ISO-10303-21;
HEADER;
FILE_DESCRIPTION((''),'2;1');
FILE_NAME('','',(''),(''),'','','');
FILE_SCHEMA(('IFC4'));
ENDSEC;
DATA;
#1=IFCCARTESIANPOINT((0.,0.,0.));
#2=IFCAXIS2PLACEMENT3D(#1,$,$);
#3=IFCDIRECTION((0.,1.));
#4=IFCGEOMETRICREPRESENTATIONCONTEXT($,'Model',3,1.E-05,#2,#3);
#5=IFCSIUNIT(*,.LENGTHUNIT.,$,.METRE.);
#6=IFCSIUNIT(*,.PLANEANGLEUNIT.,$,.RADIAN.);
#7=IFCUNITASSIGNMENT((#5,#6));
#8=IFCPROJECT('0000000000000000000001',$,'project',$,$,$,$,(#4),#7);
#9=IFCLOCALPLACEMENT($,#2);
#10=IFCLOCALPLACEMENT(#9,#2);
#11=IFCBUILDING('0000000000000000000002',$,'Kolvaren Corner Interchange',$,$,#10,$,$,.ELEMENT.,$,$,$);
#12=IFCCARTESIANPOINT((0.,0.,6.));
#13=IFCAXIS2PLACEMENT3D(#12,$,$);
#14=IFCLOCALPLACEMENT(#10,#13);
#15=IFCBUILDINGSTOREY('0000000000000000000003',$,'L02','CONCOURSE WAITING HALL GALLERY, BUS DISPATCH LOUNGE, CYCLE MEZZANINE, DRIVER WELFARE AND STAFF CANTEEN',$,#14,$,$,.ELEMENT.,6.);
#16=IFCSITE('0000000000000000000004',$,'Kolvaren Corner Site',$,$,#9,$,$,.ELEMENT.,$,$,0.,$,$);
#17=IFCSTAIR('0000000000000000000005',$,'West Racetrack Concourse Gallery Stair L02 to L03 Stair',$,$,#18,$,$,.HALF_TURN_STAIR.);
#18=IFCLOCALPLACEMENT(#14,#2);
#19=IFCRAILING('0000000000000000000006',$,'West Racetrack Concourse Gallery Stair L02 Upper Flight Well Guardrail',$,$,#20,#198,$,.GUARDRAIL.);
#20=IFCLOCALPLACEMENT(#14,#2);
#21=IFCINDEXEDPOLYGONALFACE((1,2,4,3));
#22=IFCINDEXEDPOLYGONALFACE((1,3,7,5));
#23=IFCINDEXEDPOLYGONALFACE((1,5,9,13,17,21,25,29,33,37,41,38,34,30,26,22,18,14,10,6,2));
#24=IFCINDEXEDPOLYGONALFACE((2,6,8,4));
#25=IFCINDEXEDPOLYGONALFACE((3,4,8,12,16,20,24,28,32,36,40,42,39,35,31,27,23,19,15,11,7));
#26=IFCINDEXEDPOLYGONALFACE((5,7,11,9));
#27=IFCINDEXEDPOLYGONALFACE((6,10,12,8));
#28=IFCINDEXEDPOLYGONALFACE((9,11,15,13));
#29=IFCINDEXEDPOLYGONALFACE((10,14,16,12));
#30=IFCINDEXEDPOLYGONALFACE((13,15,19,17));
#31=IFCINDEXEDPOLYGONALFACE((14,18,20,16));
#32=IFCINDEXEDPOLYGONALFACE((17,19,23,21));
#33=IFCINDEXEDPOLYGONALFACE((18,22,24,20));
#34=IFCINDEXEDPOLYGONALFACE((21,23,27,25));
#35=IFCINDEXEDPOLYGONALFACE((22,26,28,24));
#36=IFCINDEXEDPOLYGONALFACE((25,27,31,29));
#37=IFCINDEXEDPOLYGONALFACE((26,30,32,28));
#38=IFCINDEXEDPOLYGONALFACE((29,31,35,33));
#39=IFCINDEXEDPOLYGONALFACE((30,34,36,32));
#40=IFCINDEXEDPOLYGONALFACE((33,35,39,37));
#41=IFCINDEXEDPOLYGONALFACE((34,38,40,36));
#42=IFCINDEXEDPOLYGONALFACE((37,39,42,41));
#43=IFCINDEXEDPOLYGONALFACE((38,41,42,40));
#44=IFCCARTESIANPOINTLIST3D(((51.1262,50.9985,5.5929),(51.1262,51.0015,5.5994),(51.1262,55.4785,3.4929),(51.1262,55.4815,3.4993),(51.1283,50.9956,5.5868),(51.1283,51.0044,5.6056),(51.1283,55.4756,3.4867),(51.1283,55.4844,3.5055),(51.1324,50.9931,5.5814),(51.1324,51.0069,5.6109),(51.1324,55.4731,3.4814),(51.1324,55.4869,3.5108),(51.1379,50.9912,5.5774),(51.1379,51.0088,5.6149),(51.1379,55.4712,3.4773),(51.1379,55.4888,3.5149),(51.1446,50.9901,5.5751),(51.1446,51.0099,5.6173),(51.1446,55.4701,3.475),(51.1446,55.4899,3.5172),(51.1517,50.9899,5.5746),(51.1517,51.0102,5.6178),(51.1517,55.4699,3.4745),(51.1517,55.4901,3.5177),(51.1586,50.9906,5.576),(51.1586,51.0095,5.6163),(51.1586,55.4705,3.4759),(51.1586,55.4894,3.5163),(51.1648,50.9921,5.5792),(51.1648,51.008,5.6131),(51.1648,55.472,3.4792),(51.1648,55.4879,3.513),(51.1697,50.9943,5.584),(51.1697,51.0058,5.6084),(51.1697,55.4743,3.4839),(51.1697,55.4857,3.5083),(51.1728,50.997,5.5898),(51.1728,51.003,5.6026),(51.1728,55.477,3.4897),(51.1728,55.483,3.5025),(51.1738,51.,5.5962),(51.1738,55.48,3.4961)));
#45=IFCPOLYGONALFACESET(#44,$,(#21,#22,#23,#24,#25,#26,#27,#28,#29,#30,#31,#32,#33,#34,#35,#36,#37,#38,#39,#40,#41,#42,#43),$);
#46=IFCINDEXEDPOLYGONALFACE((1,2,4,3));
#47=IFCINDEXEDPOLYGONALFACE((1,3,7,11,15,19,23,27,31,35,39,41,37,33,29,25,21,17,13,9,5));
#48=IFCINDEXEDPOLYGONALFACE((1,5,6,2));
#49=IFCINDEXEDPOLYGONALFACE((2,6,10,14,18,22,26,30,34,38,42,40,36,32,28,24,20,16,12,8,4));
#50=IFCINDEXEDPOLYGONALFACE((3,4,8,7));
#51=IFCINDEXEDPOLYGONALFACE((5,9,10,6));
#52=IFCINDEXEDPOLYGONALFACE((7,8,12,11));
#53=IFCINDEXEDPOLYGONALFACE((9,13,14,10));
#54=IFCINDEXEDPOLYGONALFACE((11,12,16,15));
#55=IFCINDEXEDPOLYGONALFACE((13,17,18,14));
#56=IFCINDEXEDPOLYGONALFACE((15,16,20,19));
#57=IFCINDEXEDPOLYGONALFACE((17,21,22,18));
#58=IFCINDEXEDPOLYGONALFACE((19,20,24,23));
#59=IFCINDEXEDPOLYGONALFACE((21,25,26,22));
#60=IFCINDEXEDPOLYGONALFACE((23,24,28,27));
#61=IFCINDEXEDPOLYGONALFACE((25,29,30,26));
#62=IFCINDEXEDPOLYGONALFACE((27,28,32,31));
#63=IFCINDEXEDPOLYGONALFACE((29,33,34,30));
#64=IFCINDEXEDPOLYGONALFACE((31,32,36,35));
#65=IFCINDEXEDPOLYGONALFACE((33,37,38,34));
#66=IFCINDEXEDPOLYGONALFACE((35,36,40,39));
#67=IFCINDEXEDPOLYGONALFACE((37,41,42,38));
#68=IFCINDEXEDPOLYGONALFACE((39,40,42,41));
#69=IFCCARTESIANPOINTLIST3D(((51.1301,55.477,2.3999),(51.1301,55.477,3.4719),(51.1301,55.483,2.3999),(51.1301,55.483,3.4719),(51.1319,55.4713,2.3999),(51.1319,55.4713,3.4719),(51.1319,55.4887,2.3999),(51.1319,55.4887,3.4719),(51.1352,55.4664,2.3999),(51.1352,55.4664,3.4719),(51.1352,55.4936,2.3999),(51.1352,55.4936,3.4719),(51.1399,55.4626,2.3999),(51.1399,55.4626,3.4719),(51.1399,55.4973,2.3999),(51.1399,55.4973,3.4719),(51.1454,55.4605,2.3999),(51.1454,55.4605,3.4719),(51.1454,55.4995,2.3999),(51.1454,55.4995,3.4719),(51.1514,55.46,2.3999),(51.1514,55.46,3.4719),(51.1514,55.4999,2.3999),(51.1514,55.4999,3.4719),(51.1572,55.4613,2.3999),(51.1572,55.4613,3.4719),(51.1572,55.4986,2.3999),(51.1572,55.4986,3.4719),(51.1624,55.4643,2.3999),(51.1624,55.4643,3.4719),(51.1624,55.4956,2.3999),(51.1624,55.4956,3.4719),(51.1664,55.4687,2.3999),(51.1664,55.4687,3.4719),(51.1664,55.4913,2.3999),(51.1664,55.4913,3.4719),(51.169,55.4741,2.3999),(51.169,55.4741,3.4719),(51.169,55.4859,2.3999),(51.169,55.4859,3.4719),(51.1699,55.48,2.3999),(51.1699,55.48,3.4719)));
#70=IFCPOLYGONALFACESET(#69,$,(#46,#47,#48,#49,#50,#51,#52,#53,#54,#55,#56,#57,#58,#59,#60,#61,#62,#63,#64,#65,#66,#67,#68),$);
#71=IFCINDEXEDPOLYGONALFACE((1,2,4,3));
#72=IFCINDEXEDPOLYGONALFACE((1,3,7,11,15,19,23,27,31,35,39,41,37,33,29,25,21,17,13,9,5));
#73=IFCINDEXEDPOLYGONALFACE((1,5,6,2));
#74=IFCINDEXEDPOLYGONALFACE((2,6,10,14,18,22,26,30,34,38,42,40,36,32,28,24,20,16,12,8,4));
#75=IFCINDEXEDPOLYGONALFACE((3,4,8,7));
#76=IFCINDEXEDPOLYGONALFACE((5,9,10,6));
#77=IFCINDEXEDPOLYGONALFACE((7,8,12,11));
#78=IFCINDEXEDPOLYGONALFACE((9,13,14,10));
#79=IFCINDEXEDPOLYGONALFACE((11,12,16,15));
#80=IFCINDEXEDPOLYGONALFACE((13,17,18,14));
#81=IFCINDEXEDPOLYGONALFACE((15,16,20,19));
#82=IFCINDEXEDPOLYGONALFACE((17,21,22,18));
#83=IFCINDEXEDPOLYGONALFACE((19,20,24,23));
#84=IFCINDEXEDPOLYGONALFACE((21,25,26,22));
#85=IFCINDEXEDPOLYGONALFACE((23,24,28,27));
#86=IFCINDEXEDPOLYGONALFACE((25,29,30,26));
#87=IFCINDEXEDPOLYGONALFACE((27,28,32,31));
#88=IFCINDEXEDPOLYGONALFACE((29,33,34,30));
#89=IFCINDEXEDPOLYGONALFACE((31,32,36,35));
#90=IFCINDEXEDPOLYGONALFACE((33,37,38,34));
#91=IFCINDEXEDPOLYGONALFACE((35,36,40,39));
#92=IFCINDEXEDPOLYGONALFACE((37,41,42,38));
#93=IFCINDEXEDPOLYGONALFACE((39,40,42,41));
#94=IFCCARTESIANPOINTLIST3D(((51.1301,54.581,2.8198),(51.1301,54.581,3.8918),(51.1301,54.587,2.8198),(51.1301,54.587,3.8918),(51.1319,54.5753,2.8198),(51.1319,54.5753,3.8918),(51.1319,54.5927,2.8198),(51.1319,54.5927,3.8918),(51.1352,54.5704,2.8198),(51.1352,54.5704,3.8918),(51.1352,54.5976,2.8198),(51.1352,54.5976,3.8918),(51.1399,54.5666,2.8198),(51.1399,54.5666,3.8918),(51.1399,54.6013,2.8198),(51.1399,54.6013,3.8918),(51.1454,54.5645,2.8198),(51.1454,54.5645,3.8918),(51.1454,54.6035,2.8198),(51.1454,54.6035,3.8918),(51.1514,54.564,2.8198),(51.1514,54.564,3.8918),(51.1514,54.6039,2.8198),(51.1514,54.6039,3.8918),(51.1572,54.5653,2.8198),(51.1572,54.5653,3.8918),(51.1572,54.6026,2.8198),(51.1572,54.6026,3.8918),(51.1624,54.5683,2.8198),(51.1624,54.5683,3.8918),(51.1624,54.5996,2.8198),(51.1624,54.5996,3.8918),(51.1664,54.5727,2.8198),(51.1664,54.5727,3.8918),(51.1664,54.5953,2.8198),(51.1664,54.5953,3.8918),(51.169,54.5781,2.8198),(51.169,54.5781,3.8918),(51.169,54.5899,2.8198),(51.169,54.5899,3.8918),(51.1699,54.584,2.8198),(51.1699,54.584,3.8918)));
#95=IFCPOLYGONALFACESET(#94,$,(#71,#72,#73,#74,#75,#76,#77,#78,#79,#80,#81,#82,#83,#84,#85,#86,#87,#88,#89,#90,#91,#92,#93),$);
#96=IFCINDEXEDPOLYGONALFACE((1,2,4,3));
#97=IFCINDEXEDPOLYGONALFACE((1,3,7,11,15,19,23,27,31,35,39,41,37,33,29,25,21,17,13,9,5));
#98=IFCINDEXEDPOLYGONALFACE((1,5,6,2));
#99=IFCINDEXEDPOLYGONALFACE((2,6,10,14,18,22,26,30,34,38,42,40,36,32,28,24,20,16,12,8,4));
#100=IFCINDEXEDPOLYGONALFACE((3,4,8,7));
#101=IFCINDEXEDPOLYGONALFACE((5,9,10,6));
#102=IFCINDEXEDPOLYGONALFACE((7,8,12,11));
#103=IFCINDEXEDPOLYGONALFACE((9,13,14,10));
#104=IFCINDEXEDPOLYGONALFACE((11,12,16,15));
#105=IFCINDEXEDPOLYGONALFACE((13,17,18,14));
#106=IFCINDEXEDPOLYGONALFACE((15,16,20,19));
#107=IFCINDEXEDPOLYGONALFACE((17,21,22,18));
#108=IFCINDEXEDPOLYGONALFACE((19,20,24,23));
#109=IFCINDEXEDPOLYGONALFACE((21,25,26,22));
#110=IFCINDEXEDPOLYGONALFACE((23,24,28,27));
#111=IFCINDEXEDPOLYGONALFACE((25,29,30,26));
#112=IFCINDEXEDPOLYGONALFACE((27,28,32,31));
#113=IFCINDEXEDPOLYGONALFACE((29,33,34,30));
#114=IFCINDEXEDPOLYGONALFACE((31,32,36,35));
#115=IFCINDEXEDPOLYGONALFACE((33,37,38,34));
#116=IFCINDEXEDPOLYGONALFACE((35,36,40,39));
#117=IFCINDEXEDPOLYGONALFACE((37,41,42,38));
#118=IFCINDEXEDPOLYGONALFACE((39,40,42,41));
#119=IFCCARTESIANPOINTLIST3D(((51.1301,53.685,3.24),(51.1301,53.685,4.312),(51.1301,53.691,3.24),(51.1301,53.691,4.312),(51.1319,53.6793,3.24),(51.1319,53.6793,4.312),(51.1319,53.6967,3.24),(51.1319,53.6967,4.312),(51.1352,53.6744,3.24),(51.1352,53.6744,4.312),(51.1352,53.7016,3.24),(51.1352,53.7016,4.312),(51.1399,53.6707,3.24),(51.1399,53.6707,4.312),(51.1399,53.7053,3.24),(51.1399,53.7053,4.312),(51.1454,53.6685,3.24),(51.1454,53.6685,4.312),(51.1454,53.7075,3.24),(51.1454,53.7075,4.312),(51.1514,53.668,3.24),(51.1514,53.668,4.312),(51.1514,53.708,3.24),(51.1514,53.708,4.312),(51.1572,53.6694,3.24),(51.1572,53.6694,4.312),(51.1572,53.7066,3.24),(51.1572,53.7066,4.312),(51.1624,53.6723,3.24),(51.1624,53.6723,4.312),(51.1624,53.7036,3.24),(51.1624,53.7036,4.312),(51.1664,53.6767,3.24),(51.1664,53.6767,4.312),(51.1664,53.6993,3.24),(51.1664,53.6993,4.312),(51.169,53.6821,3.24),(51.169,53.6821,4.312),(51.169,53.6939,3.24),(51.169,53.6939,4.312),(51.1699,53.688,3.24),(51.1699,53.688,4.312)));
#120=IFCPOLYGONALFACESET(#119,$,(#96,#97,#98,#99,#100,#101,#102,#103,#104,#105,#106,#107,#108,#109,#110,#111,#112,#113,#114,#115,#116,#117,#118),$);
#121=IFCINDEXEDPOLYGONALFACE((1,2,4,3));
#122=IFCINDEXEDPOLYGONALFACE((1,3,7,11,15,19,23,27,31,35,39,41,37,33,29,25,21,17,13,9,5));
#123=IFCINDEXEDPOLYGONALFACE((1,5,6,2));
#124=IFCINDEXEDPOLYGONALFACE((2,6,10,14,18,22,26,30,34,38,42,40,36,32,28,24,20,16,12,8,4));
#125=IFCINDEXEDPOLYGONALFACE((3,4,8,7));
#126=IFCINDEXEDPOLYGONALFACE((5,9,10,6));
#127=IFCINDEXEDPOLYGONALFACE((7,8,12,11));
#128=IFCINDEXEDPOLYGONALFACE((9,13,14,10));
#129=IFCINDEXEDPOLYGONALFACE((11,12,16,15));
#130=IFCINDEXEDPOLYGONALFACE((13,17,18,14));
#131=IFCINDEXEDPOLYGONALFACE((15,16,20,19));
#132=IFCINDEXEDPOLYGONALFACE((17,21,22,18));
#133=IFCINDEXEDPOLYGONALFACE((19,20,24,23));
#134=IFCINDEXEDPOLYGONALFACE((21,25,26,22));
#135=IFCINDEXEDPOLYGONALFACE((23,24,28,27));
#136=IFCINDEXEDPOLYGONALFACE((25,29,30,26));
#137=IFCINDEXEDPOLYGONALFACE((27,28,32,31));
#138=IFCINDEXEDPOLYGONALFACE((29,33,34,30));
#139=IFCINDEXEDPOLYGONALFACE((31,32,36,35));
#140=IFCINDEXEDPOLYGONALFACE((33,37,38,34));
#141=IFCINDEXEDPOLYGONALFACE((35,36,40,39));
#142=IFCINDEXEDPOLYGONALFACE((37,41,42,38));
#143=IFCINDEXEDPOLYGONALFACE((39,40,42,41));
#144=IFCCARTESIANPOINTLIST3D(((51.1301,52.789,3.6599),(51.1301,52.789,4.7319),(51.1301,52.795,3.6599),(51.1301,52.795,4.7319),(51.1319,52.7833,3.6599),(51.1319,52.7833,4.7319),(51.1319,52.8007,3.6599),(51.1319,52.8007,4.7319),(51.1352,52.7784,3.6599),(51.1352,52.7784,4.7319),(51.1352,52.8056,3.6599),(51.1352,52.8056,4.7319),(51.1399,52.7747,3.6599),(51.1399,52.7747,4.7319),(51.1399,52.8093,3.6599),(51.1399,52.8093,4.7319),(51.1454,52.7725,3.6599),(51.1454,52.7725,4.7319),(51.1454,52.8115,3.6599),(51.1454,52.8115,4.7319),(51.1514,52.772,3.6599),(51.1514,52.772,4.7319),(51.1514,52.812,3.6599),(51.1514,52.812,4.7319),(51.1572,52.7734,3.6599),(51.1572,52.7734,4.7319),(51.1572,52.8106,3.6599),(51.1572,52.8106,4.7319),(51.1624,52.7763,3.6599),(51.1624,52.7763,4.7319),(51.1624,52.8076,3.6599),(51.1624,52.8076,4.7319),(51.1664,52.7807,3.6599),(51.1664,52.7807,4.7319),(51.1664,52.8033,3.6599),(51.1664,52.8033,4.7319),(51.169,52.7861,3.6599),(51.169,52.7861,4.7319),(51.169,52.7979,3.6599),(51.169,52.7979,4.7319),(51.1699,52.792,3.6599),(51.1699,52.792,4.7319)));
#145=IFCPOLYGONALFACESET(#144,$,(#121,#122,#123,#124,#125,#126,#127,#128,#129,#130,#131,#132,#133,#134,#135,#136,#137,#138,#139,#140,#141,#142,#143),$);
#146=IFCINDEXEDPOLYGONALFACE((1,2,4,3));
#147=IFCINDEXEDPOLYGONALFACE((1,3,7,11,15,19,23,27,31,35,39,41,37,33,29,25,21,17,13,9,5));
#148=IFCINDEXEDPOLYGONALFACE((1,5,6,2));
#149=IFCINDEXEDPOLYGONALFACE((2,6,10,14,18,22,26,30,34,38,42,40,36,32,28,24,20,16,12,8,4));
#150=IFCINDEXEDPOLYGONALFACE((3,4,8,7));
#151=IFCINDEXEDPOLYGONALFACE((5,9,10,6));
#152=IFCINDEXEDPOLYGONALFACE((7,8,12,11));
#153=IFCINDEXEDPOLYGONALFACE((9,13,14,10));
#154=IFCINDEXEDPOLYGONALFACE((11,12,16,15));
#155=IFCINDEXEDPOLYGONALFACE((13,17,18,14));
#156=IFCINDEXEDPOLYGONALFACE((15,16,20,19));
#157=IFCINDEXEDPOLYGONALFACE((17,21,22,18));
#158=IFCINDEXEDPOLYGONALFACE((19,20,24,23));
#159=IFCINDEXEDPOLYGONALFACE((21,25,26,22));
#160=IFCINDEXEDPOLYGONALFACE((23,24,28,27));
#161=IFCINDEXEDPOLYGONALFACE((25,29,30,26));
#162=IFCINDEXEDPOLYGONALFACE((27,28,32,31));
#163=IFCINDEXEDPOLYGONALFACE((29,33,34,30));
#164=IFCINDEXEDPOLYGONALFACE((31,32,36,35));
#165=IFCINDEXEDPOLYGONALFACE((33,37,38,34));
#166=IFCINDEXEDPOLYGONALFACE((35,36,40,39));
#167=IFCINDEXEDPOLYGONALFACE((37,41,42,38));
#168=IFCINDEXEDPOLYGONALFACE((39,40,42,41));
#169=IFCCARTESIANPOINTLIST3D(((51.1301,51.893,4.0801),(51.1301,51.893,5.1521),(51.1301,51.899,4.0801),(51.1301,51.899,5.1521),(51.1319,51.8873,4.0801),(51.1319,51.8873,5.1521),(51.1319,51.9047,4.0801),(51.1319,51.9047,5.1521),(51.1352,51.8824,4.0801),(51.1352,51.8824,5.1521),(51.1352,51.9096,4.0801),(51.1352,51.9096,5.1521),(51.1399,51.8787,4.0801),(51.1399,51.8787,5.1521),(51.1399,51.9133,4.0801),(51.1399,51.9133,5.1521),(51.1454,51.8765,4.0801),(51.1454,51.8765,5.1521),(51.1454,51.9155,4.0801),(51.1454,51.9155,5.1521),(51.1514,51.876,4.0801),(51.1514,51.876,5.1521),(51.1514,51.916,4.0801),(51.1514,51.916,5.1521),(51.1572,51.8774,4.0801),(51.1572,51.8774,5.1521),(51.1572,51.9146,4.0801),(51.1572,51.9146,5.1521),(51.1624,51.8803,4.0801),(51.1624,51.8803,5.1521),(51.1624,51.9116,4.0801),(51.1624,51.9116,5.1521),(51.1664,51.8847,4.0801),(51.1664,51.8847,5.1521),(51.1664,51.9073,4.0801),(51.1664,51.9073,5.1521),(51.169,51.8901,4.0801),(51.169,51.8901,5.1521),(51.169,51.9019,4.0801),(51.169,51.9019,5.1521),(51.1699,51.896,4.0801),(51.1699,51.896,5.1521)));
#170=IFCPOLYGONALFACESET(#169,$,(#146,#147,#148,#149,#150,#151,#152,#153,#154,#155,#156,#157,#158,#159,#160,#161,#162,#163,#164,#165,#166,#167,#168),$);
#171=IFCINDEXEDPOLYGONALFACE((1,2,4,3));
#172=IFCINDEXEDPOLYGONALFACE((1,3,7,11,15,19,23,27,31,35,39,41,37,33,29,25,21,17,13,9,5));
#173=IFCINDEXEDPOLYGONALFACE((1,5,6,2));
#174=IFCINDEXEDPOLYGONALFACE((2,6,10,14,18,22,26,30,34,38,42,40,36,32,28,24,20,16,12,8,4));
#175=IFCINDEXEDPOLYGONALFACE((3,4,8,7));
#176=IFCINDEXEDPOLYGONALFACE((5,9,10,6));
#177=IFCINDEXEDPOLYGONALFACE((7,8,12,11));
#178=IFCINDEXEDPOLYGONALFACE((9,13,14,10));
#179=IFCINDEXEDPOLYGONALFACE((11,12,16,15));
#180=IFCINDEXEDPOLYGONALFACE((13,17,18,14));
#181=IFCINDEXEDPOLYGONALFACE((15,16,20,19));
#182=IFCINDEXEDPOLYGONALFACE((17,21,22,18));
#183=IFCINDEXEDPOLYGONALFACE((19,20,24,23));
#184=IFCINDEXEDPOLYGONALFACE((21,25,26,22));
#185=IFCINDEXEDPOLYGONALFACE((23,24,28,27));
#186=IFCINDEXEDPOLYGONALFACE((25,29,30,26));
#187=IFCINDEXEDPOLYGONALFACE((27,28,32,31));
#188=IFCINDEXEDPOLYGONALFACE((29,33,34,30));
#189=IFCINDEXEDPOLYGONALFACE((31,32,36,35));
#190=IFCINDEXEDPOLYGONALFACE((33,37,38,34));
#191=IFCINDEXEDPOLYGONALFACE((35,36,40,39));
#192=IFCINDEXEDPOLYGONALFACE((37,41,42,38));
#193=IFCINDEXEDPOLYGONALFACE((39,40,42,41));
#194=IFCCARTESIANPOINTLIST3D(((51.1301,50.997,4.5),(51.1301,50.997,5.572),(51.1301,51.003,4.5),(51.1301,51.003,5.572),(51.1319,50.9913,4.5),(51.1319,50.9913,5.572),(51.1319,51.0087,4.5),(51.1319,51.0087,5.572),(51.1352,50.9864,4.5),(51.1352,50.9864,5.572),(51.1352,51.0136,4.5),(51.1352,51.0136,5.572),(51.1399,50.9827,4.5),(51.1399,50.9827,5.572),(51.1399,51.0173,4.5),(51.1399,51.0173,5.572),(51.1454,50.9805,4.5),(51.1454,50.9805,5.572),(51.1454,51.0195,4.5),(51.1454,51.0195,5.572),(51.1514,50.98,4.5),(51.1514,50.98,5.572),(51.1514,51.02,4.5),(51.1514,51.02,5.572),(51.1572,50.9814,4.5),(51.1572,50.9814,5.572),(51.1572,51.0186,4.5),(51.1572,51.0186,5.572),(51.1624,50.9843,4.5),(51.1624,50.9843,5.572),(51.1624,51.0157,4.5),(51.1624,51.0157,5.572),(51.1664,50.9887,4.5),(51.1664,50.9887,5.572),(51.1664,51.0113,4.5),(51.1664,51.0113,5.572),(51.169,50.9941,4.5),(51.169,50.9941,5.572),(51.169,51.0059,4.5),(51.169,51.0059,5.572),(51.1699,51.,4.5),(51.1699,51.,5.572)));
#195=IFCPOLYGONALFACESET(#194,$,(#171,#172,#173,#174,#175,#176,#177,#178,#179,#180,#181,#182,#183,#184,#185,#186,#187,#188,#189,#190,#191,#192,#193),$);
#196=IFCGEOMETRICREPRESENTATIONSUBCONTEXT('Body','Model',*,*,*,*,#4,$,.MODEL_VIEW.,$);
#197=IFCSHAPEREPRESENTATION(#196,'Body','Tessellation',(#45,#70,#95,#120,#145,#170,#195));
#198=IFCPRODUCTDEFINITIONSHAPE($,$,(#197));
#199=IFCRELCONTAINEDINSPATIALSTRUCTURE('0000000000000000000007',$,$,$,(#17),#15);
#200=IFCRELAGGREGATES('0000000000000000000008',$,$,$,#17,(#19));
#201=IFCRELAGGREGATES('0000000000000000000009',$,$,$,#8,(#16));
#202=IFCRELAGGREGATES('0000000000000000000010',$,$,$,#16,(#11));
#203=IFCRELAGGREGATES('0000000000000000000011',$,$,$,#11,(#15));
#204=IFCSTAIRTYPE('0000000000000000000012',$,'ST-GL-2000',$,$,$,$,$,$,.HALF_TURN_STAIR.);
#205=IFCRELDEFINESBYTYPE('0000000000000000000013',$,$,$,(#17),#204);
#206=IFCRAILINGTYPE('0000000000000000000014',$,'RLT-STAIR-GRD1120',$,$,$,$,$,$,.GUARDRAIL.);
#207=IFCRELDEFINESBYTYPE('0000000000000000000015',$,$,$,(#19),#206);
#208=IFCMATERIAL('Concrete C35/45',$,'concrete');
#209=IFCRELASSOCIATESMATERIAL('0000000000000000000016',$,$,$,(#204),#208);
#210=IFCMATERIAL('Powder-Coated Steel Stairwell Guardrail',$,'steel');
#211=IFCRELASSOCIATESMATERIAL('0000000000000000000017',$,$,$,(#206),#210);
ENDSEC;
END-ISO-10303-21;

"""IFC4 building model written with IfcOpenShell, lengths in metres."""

from ifc_helpers import new_model, si_unit, direction, frame, origin, origin_2d, place, context, subcontext, project, spatial, circle, extrude, material, type_object, element, aggregate, save


model = new_model("IFC4")

# Units and contexts
model_context = context("Model", 3, precision=1e-05, world=origin(), true_north=direction((0.0, 1.0)))
body_context = subcontext(model_context, "Body", "Model", "MODEL_VIEW")
ifc_project = project(units=[si_unit("LENGTHUNIT", "METRE"), si_unit("PLANEANGLEUNIT", "RADIAN")], contexts=[model_context])

# Site, building, storey
site_placement = place(None, origin())
site = spatial("IfcSite", under=ifc_project, at=site_placement, Name="Kolvaren Corner Site", CompositionType="ELEMENT", RefElevation=0.0)
building_placement = place(site_placement, origin())
building = spatial("IfcBuilding", under=site, at=building_placement, Name="Kolvaren Corner Interchange", CompositionType="ELEMENT")
storey_placement = place(building_placement, frame((0.0, 0.0, 6.0)))
storey = spatial("IfcBuildingStorey", under=building, at=storey_placement, Name="L02", Description="CONCOURSE WAITING HALL GALLERY, BUS DISPATCH LOUNGE, CYCLE MEZZANINE, DRIVER WELFARE AND STAFF CANTEEN", CompositionType="ELEMENT", Elevation=6.0)

# Stair, railing
ifc_material_1 = material(Name="Concrete C35/45", Category="concrete")
stair_type = type_object("IfcStairType", Name="ST-GL-2000", PredefinedType="HALF_TURN_STAIR", material=ifc_material_1)
stair_placement = place(storey_placement, origin())
stair = element("IfcStair", 1, at=stair_placement, inside=storey, type_object=stair_type, Name="West Racetrack Concourse Gallery Stair L02 to L03 Stair", PredefinedType="HALF_TURN_STAIR")
ifc_material_2 = material(Name="Powder-Coated Steel Stairwell Guardrail", Category="steel")
railing_type_1 = type_object("IfcRailingType", Name="RLT-STAIR-GRD1120", PredefinedType="GUARDRAIL", material=ifc_material_2)
railing_1_placement = place(storey_placement, frame((51.1499, 55.48, 2.3999)))
railing_1 = element("IfcRailing", 2, at=railing_1_placement, type_object=railing_type_1, Name="West Racetrack Concourse Gallery Stair L02 Upper Flight Well Guardrail", PredefinedType="GUARDRAIL", context=body_context, shape_type="SweptSolid", body=[
    extrude(circle(Radius=0.0239, at=origin_2d()), frame((0.0, 0.0, 1.0962), z_axis=(0.0, -0.905451, 0.424452), x_axis=(1.0, 0.0, 0.0)), (0.0, 0.0, 1.0), 4.9478),
    extrude(circle(Radius=0.02, at=origin_2d()), origin(), (0.0, 0.0, 1.0), 1.072),
    extrude(circle(Radius=0.02, at=origin_2d()), frame((0.0, -0.896, 0.4199)), (0.0, 0.0, 1.0), 1.072),
    extrude(circle(Radius=0.02, at=origin_2d()), frame((0.0, -1.792, 0.8401)), (0.0, 0.0, 1.0), 1.072),
    extrude(circle(Radius=0.02, at=origin_2d()), frame((0.0, -2.688, 1.26)), (0.0, 0.0, 1.0), 1.072),
    extrude(circle(Radius=0.02, at=origin_2d()), frame((0.0, -3.584, 1.6802)), (0.0, 0.0, 1.0), 1.072),
    extrude(circle(Radius=0.02, at=origin_2d()), frame((0.0, -4.48, 2.1001)), (0.0, 0.0, 1.0), 1.072),
])
aggregate(stair, [railing_1])

save(model, "model.ifc")
